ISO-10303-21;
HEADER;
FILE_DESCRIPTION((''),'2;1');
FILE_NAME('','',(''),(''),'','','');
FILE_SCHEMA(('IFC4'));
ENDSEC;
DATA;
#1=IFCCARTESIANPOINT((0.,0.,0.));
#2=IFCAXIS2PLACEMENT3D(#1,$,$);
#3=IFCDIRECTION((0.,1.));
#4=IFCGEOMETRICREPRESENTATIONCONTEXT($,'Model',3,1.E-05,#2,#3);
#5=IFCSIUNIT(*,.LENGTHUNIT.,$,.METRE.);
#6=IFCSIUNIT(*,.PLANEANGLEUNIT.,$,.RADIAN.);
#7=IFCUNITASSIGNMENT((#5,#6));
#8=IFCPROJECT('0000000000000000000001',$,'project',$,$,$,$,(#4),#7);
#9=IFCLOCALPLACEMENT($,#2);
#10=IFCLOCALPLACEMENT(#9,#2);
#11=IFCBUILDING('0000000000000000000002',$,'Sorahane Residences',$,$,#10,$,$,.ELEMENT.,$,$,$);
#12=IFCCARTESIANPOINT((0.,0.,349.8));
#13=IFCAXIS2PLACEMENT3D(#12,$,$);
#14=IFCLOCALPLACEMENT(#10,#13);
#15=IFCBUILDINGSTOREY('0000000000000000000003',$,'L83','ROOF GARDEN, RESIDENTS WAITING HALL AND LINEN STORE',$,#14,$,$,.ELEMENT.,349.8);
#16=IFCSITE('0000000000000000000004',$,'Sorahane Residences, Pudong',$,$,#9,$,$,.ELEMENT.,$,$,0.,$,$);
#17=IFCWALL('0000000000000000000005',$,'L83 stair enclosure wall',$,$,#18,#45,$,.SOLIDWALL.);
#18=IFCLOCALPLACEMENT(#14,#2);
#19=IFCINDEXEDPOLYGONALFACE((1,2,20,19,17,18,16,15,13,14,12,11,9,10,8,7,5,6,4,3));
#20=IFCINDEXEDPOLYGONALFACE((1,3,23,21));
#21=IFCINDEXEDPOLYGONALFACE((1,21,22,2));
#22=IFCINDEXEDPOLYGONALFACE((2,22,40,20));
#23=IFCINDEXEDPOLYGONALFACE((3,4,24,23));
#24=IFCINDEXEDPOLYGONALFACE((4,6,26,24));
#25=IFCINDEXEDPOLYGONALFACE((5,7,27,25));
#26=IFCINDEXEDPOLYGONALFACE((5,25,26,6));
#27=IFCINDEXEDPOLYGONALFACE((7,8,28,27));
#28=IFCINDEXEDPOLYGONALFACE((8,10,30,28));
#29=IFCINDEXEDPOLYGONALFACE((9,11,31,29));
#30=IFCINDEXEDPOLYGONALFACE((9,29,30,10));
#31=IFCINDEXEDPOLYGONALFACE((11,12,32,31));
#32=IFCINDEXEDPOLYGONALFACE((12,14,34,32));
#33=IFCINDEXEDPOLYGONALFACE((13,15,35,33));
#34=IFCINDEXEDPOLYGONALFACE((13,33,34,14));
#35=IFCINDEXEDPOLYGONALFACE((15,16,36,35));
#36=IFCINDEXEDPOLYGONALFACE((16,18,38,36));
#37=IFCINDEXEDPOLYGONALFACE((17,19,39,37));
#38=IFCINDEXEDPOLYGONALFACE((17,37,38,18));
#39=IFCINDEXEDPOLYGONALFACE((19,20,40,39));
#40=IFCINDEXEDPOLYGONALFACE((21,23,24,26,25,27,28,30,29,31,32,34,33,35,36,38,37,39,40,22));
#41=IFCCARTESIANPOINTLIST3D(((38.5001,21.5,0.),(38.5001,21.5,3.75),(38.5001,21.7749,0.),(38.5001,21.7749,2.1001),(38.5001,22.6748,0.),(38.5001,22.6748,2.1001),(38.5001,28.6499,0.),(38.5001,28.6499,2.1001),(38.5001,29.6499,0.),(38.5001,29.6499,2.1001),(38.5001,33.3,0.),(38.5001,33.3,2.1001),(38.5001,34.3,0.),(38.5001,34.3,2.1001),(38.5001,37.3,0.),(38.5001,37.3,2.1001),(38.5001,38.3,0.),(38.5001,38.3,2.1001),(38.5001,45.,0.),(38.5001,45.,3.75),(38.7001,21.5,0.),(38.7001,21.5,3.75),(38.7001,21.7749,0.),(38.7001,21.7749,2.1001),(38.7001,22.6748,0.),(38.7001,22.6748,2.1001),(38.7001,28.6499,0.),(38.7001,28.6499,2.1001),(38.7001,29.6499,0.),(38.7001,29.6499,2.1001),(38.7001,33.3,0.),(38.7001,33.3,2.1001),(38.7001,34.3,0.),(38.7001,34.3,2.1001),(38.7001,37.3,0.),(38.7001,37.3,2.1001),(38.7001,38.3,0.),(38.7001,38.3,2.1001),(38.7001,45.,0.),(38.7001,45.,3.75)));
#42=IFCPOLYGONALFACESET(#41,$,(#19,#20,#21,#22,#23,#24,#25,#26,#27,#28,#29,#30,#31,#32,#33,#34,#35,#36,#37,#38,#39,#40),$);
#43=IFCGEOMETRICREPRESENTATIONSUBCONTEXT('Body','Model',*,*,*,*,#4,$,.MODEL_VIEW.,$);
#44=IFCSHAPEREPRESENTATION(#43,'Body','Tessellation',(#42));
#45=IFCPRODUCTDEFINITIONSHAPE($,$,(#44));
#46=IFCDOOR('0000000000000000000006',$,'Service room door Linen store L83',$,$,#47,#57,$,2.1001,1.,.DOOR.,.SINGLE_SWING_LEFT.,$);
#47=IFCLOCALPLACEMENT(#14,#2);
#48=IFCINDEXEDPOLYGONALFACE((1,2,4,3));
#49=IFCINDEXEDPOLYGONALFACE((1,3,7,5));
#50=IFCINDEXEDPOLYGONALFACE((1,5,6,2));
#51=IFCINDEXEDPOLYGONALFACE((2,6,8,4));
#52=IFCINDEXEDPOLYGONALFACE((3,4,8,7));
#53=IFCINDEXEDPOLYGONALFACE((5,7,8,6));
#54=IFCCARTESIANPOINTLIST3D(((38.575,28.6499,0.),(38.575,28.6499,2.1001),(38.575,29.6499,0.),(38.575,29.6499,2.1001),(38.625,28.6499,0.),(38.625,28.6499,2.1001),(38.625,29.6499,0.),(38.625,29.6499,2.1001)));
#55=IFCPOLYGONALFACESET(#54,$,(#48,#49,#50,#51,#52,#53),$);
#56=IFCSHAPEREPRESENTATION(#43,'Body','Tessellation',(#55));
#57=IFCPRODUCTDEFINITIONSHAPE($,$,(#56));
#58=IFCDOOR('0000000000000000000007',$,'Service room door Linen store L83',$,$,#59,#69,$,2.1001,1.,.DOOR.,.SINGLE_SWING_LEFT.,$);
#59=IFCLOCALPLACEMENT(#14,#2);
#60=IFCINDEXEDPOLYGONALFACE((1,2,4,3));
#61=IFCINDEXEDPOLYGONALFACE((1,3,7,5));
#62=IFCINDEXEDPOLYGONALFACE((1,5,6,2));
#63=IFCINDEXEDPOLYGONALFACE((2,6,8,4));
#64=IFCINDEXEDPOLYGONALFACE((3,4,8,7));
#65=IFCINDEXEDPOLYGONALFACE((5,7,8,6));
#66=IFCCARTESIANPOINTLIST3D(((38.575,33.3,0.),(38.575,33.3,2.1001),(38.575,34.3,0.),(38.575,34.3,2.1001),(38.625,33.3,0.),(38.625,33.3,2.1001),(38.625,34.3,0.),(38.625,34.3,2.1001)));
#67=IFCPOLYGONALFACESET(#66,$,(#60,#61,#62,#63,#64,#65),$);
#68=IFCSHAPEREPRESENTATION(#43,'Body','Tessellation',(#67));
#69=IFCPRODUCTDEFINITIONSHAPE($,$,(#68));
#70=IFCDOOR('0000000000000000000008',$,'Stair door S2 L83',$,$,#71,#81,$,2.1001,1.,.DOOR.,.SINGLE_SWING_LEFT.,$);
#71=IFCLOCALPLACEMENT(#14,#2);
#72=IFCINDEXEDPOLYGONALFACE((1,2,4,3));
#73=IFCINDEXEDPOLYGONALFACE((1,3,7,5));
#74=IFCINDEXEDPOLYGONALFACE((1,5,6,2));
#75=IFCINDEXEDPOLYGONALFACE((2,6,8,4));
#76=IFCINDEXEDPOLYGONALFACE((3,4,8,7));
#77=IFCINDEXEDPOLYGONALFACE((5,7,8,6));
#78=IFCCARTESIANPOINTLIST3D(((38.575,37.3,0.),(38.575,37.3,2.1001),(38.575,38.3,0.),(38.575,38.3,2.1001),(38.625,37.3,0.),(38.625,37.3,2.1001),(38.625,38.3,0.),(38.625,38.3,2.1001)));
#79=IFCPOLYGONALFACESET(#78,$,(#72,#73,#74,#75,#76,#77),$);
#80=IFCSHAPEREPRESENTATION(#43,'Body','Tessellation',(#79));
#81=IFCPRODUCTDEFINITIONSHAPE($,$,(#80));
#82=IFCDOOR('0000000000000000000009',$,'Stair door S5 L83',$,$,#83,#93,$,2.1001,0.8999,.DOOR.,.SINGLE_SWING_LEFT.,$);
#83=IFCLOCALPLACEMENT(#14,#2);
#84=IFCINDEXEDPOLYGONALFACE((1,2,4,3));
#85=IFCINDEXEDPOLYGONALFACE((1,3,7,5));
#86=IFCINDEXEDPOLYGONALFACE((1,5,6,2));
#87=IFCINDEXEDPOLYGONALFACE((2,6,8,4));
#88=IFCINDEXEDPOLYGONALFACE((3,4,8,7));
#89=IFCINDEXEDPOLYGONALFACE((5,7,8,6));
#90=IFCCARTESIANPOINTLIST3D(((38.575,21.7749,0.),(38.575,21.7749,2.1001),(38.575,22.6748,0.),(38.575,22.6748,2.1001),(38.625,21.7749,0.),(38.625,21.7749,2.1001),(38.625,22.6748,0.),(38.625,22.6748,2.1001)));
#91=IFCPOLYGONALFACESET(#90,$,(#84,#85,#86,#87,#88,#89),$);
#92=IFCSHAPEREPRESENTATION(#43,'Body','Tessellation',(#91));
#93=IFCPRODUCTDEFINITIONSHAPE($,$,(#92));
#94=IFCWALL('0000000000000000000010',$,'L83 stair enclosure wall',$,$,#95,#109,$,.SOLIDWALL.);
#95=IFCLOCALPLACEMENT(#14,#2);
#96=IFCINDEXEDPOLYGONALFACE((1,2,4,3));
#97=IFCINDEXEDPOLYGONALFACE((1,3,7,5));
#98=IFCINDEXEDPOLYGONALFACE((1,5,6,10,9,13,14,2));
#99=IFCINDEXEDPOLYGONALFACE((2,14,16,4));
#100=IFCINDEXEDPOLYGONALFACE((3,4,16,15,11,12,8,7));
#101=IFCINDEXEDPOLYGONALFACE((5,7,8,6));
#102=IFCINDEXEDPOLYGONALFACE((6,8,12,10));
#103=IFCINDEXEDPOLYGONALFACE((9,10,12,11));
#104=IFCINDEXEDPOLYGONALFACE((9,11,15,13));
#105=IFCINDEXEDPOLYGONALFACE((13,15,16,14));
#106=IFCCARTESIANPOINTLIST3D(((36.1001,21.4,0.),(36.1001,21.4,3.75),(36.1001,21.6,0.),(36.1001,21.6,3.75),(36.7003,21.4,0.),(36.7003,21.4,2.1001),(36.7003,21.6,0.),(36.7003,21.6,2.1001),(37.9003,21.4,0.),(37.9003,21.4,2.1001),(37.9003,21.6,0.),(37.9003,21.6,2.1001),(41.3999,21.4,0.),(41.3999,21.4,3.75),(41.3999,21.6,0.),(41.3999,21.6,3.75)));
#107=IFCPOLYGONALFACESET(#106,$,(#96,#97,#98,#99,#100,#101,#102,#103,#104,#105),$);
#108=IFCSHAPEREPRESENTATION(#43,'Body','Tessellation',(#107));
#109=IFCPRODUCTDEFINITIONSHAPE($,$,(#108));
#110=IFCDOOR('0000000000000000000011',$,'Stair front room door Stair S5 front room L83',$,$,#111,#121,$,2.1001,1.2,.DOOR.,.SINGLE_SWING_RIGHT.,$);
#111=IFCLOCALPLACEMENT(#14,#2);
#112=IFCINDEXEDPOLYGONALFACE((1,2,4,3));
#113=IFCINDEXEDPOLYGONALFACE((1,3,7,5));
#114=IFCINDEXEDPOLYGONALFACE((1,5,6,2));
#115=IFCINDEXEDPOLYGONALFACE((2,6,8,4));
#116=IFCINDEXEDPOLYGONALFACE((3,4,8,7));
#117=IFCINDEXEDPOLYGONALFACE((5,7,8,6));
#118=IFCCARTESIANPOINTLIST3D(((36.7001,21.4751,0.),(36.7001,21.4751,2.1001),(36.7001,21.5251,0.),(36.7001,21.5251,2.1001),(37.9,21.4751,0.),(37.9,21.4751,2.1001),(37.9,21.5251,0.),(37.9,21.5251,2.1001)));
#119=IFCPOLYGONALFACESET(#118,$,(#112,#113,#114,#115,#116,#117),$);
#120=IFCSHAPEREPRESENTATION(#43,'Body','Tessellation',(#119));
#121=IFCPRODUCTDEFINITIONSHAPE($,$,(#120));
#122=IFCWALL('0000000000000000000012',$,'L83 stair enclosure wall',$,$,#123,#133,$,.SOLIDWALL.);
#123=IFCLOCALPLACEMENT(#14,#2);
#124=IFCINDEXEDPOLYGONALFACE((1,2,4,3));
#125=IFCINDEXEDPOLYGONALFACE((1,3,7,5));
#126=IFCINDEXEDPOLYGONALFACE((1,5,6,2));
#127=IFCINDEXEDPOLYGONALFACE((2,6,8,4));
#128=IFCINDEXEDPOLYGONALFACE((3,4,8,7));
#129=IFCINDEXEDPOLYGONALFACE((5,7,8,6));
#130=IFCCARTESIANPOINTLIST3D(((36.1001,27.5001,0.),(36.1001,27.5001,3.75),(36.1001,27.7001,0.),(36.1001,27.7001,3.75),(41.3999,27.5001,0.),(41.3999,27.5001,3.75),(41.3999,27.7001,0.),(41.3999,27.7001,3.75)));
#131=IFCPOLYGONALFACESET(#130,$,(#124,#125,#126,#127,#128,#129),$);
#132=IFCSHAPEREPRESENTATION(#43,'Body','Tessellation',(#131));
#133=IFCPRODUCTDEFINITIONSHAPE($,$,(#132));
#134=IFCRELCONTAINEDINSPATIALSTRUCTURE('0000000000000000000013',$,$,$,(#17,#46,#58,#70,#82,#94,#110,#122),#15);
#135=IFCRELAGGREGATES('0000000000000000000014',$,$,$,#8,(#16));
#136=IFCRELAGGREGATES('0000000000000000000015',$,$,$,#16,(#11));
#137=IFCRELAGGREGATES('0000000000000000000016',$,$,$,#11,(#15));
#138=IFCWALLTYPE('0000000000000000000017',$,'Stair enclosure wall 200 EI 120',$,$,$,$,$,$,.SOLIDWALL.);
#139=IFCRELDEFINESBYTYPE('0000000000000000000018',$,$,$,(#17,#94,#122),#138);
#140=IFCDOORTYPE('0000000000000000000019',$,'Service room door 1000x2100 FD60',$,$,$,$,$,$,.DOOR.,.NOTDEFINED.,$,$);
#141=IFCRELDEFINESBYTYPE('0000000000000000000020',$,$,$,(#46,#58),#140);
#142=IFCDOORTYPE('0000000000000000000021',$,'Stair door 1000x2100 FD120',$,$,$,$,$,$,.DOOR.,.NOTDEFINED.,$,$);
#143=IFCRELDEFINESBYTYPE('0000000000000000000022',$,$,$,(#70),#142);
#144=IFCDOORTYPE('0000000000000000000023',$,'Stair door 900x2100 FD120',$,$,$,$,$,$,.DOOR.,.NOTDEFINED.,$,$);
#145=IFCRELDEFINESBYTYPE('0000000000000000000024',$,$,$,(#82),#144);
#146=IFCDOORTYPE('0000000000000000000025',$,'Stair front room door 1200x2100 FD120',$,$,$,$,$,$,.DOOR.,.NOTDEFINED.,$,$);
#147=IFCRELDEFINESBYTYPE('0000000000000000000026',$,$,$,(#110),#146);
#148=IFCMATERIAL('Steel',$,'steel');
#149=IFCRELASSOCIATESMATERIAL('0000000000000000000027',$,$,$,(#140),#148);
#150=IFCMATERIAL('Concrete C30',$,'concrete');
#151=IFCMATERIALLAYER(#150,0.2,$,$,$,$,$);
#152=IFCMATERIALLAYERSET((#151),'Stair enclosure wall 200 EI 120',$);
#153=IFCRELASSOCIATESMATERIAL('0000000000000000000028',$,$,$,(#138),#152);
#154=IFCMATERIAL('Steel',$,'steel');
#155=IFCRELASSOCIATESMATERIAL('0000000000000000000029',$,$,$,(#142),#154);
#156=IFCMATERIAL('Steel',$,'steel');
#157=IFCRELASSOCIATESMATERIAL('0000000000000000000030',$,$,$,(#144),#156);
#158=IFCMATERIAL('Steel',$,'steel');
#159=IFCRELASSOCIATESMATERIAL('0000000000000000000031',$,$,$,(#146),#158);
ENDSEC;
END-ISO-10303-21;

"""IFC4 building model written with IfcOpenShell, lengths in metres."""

from ifc_helpers import new_model, si_unit, direction, frame, frame_2d, origin, place, context, subcontext, project, spatial, rectangle, extrude, material, layer, layer_set, type_object, element, fill, save


model = new_model("IFC4")

# Units and contexts
model_context = context("Model", 3, precision=1e-05, world=origin(), true_north=direction((0.0, 1.0)))
body_context = subcontext(model_context, "Body", "Model", "MODEL_VIEW")
ifc_project = project(units=[si_unit("LENGTHUNIT", "METRE"), si_unit("PLANEANGLEUNIT", "RADIAN")], contexts=[model_context])

# Site, building, storey
site_placement = place(None, origin())
site = spatial("IfcSite", under=ifc_project, at=site_placement, Name="Sorahane Residences, Pudong", CompositionType="ELEMENT", RefElevation=0.0)
building_placement = place(site_placement, origin())
building = spatial("IfcBuilding", under=site, at=building_placement, Name="Sorahane Residences", CompositionType="ELEMENT")
storey_placement = place(building_placement, frame((0.0, 0.0, 349.8)))
storey = spatial("IfcBuildingStorey", under=building, at=storey_placement, Name="L83", Description="ROOF GARDEN, RESIDENTS WAITING HALL AND LINEN STORE", CompositionType="ELEMENT", Elevation=349.8)

# Shared definitions
ifc_material_1 = material(Name="Steel", Category="steel")
door_type_1 = type_object("IfcDoorType", Name="Service room door 1000x2100 FD60", OperationType="NOTDEFINED", PredefinedType="DOOR", material=ifc_material_1)

# Wall, openings, doors
ifc_material_2 = material(Name="Concrete C30", Category="concrete")
ifc_layer_1 = layer(ifc_material_2, 0.2)
ifc_layer_set_1 = layer_set([ifc_layer_1], Name="Stair enclosure wall 200 EI 120")
wall_type_1 = type_object("IfcWallType", Name="Stair enclosure wall 200 EI 120", PredefinedType="SOLIDWALL", material=ifc_layer_set_1)
wall_1_placement = place(storey_placement, frame((38.6001, 21.5, 0.0), z_axis=(0.0, 0.0, 1.0), x_axis=(0.0, 1.0, 0.0)))
wall_1 = element("IfcWall", 1, at=wall_1_placement, inside=storey, type_object=wall_type_1, Name="L83 stair enclosure wall", PredefinedType="SOLIDWALL", context=body_context, shape_type="SweptSolid", body=[
    extrude(rectangle(XDim=23.5, YDim=0.2, at=frame_2d((11.75, 0.0))), origin(), (0.0, 0.0, 1.0), 3.75),
])
opening_1_placement = place(wall_1_placement, frame((7.1499, 0.0, 0.0)))
opening_1 = element("IfcOpeningElement", 2, at=opening_1_placement, cuts=wall_1, PredefinedType="OPENING", context=body_context, shape_type="SweptSolid", body=[
    extrude(rectangle(XDim=1.0, YDim=2.1001, at=frame_2d((0.5, 1.05))), frame((0.0, 0.1099, 0.0), z_axis=(0.0, -1.0, 0.0), x_axis=(1.0, 0.0, 0.0)), (0.0, 0.0, 1.0), 0.22),
])
opening_2_placement = place(wall_1_placement, frame((11.8, 0.0, 0.0)))
opening_2 = element("IfcOpeningElement", 3, at=opening_2_placement, cuts=wall_1, PredefinedType="OPENING", context=body_context, shape_type="SweptSolid", body=[
    extrude(rectangle(XDim=1.0, YDim=2.1001, at=frame_2d((0.5, 1.05))), frame((0.0, 0.1099, 0.0), z_axis=(0.0, -1.0, 0.0), x_axis=(1.0, 0.0, 0.0)), (0.0, 0.0, 1.0), 0.22),
])
opening_3_placement = place(wall_1_placement, frame((15.8, 0.0, 0.0)))
opening_3 = element("IfcOpeningElement", 4, at=opening_3_placement, cuts=wall_1, PredefinedType="OPENING", context=body_context, shape_type="SweptSolid", body=[
    extrude(rectangle(XDim=1.0, YDim=2.1001, at=frame_2d((0.5, 1.05))), frame((0.0, 0.1099, 0.0), z_axis=(0.0, -1.0, 0.0), x_axis=(1.0, 0.0, 0.0)), (0.0, 0.0, 1.0), 0.22),
])
opening_4_placement = place(wall_1_placement, frame((0.2749, 0.0, 0.0)))
opening_4 = element("IfcOpeningElement", 5, at=opening_4_placement, cuts=wall_1, PredefinedType="OPENING", context=body_context, shape_type="SweptSolid", body=[
    extrude(rectangle(XDim=0.8999, YDim=2.1001, at=frame_2d((0.45, 1.05))), frame((0.0, 0.1099, 0.0), z_axis=(0.0, -1.0, 0.0), x_axis=(1.0, 0.0, 0.0)), (0.0, 0.0, 1.0), 0.22),
])
door_1_placement = place(opening_1_placement, frame((1.0, 0.0, 0.0), z_axis=(0.0, 0.0, 1.0), x_axis=(-1.0, 0.0, 0.0)))
door_1 = element("IfcDoor", 6, at=door_1_placement, inside=storey, type_object=door_type_1, Name="Service room door Linen store L83", OperationType="SINGLE_SWING_LEFT", OverallHeight=2.1001, OverallWidth=1.0, PredefinedType="DOOR", context=body_context, shape_type="SweptSolid", body=[
    extrude(rectangle(XDim=1.0, YDim=2.1001, at=frame_2d((0.5, 1.05))), frame((0.0, 0.0249, 0.0), z_axis=(0.0, -1.0, 0.0), x_axis=(1.0, 0.0, 0.0)), (0.0, 0.0, 1.0), 0.05),
])
fill(opening_1, door_1)
door_2_placement = place(opening_2_placement, frame((1.0, 0.0, 0.0), z_axis=(0.0, 0.0, 1.0), x_axis=(-1.0, 0.0, 0.0)))
door_2 = element("IfcDoor", 7, at=door_2_placement, inside=storey, type_object=door_type_1, Name="Service room door Linen store L83", OperationType="SINGLE_SWING_LEFT", OverallHeight=2.1001, OverallWidth=1.0, PredefinedType="DOOR", context=body_context, shape_type="SweptSolid", body=[
    extrude(rectangle(XDim=1.0, YDim=2.1001, at=frame_2d((0.5, 1.05))), frame((0.0, 0.0249, 0.0), z_axis=(0.0, -1.0, 0.0), x_axis=(1.0, 0.0, 0.0)), (0.0, 0.0, 1.0), 0.05),
])
fill(opening_2, door_2)
ifc_material_3 = material(Name="Steel", Category="steel")
door_type_2 = type_object("IfcDoorType", Name="Stair door 1000x2100 FD120", OperationType="NOTDEFINED", PredefinedType="DOOR", material=ifc_material_3)
door_3_placement = place(opening_3_placement, frame((1.0, 0.0, 0.0), z_axis=(0.0, 0.0, 1.0), x_axis=(-1.0, 0.0, 0.0)))
door_3 = element("IfcDoor", 8, at=door_3_placement, inside=storey, type_object=door_type_2, Name="Stair door S2 L83", OperationType="SINGLE_SWING_LEFT", OverallHeight=2.1001, OverallWidth=1.0, PredefinedType="DOOR", context=body_context, shape_type="SweptSolid", body=[
    extrude(rectangle(XDim=1.0, YDim=2.1001, at=frame_2d((0.5, 1.05))), frame((0.0, 0.0249, 0.0), z_axis=(0.0, -1.0, 0.0), x_axis=(1.0, 0.0, 0.0)), (0.0, 0.0, 1.0), 0.05),
])
fill(opening_3, door_3)
ifc_material_4 = material(Name="Steel", Category="steel")
door_type_3 = type_object("IfcDoorType", Name="Stair door 900x2100 FD120", OperationType="NOTDEFINED", PredefinedType="DOOR", material=ifc_material_4)
door_4_placement = place(opening_4_placement, frame((0.8999, 0.0, 0.0), z_axis=(0.0, 0.0, 1.0), x_axis=(-1.0, 0.0, 0.0)))
door_4 = element("IfcDoor", 9, at=door_4_placement, inside=storey, type_object=door_type_3, Name="Stair door S5 L83", OperationType="SINGLE_SWING_LEFT", OverallHeight=2.1001, OverallWidth=0.8999, PredefinedType="DOOR", context=body_context, shape_type="SweptSolid", body=[
    extrude(rectangle(XDim=0.8999, YDim=2.1001, at=frame_2d((0.45, 1.05))), frame((0.0, 0.0249, 0.0), z_axis=(0.0, -1.0, 0.0), x_axis=(1.0, 0.0, 0.0)), (0.0, 0.0, 1.0), 0.05),
])
fill(opening_4, door_4)

# Wall, opening, door
wall_2_placement = place(storey_placement, frame((36.1001, 21.5, 0.0), z_axis=(0.0, 0.0, 1.0), x_axis=(1.0, 0.0, 0.0)))
wall_2 = element("IfcWall", 10, at=wall_2_placement, inside=storey, type_object=wall_type_1, Name="L83 stair enclosure wall", PredefinedType="SOLIDWALL", context=body_context, shape_type="SweptSolid", body=[
    extrude(rectangle(XDim=5.2998, YDim=0.2, at=frame_2d((2.6499, 0.0))), origin(), (0.0, 0.0, 1.0), 3.75),
])
opening_5_placement = place(wall_2_placement, frame((0.6001, 0.0, 0.0)))
opening_5 = element("IfcOpeningElement", 11, at=opening_5_placement, cuts=wall_2, PredefinedType="OPENING", context=body_context, shape_type="SweptSolid", body=[
    extrude(rectangle(XDim=1.2, YDim=2.1001, at=frame_2d((0.6001, 1.05))), frame((0.0, 0.1099, 0.0), z_axis=(0.0, -1.0, 0.0), x_axis=(1.0, 0.0, 0.0)), (0.0, 0.0, 1.0), 0.22),
])
ifc_material_5 = material(Name="Steel", Category="steel")
door_type_4 = type_object("IfcDoorType", Name="Stair front room door 1200x2100 FD120", OperationType="NOTDEFINED", PredefinedType="DOOR", material=ifc_material_5)
door_5_placement = place(opening_5_placement, frame((1.2, 0.0, 0.0), z_axis=(0.0, 0.0, 1.0), x_axis=(-1.0, 0.0, 0.0)))
door_5 = element("IfcDoor", 12, at=door_5_placement, inside=storey, type_object=door_type_4, Name="Stair front room door Stair S5 front room L83", OperationType="SINGLE_SWING_RIGHT", OverallHeight=2.1001, OverallWidth=1.2, PredefinedType="DOOR", context=body_context, shape_type="SweptSolid", body=[
    extrude(rectangle(XDim=1.2, YDim=2.1001, at=frame_2d((0.6001, 1.05))), frame((0.0, 0.0249, 0.0), z_axis=(0.0, -1.0, 0.0), x_axis=(1.0, 0.0, 0.0)), (0.0, 0.0, 1.0), 0.05),
])
fill(opening_5, door_5)

# Wall
wall_3_placement = place(storey_placement, frame((36.1001, 27.6001, 0.0), z_axis=(0.0, 0.0, 1.0), x_axis=(1.0, 0.0, 0.0)))
element("IfcWall", 13, at=wall_3_placement, inside=storey, type_object=wall_type_1, Name="L83 stair enclosure wall", PredefinedType="SOLIDWALL", context=body_context, shape_type="SweptSolid", body=[
    extrude(rectangle(XDim=5.2998, YDim=0.2, at=frame_2d((2.6499, 0.0))), origin(), (0.0, 0.0, 1.0), 3.75),
])

save(model, "model.ifc")
